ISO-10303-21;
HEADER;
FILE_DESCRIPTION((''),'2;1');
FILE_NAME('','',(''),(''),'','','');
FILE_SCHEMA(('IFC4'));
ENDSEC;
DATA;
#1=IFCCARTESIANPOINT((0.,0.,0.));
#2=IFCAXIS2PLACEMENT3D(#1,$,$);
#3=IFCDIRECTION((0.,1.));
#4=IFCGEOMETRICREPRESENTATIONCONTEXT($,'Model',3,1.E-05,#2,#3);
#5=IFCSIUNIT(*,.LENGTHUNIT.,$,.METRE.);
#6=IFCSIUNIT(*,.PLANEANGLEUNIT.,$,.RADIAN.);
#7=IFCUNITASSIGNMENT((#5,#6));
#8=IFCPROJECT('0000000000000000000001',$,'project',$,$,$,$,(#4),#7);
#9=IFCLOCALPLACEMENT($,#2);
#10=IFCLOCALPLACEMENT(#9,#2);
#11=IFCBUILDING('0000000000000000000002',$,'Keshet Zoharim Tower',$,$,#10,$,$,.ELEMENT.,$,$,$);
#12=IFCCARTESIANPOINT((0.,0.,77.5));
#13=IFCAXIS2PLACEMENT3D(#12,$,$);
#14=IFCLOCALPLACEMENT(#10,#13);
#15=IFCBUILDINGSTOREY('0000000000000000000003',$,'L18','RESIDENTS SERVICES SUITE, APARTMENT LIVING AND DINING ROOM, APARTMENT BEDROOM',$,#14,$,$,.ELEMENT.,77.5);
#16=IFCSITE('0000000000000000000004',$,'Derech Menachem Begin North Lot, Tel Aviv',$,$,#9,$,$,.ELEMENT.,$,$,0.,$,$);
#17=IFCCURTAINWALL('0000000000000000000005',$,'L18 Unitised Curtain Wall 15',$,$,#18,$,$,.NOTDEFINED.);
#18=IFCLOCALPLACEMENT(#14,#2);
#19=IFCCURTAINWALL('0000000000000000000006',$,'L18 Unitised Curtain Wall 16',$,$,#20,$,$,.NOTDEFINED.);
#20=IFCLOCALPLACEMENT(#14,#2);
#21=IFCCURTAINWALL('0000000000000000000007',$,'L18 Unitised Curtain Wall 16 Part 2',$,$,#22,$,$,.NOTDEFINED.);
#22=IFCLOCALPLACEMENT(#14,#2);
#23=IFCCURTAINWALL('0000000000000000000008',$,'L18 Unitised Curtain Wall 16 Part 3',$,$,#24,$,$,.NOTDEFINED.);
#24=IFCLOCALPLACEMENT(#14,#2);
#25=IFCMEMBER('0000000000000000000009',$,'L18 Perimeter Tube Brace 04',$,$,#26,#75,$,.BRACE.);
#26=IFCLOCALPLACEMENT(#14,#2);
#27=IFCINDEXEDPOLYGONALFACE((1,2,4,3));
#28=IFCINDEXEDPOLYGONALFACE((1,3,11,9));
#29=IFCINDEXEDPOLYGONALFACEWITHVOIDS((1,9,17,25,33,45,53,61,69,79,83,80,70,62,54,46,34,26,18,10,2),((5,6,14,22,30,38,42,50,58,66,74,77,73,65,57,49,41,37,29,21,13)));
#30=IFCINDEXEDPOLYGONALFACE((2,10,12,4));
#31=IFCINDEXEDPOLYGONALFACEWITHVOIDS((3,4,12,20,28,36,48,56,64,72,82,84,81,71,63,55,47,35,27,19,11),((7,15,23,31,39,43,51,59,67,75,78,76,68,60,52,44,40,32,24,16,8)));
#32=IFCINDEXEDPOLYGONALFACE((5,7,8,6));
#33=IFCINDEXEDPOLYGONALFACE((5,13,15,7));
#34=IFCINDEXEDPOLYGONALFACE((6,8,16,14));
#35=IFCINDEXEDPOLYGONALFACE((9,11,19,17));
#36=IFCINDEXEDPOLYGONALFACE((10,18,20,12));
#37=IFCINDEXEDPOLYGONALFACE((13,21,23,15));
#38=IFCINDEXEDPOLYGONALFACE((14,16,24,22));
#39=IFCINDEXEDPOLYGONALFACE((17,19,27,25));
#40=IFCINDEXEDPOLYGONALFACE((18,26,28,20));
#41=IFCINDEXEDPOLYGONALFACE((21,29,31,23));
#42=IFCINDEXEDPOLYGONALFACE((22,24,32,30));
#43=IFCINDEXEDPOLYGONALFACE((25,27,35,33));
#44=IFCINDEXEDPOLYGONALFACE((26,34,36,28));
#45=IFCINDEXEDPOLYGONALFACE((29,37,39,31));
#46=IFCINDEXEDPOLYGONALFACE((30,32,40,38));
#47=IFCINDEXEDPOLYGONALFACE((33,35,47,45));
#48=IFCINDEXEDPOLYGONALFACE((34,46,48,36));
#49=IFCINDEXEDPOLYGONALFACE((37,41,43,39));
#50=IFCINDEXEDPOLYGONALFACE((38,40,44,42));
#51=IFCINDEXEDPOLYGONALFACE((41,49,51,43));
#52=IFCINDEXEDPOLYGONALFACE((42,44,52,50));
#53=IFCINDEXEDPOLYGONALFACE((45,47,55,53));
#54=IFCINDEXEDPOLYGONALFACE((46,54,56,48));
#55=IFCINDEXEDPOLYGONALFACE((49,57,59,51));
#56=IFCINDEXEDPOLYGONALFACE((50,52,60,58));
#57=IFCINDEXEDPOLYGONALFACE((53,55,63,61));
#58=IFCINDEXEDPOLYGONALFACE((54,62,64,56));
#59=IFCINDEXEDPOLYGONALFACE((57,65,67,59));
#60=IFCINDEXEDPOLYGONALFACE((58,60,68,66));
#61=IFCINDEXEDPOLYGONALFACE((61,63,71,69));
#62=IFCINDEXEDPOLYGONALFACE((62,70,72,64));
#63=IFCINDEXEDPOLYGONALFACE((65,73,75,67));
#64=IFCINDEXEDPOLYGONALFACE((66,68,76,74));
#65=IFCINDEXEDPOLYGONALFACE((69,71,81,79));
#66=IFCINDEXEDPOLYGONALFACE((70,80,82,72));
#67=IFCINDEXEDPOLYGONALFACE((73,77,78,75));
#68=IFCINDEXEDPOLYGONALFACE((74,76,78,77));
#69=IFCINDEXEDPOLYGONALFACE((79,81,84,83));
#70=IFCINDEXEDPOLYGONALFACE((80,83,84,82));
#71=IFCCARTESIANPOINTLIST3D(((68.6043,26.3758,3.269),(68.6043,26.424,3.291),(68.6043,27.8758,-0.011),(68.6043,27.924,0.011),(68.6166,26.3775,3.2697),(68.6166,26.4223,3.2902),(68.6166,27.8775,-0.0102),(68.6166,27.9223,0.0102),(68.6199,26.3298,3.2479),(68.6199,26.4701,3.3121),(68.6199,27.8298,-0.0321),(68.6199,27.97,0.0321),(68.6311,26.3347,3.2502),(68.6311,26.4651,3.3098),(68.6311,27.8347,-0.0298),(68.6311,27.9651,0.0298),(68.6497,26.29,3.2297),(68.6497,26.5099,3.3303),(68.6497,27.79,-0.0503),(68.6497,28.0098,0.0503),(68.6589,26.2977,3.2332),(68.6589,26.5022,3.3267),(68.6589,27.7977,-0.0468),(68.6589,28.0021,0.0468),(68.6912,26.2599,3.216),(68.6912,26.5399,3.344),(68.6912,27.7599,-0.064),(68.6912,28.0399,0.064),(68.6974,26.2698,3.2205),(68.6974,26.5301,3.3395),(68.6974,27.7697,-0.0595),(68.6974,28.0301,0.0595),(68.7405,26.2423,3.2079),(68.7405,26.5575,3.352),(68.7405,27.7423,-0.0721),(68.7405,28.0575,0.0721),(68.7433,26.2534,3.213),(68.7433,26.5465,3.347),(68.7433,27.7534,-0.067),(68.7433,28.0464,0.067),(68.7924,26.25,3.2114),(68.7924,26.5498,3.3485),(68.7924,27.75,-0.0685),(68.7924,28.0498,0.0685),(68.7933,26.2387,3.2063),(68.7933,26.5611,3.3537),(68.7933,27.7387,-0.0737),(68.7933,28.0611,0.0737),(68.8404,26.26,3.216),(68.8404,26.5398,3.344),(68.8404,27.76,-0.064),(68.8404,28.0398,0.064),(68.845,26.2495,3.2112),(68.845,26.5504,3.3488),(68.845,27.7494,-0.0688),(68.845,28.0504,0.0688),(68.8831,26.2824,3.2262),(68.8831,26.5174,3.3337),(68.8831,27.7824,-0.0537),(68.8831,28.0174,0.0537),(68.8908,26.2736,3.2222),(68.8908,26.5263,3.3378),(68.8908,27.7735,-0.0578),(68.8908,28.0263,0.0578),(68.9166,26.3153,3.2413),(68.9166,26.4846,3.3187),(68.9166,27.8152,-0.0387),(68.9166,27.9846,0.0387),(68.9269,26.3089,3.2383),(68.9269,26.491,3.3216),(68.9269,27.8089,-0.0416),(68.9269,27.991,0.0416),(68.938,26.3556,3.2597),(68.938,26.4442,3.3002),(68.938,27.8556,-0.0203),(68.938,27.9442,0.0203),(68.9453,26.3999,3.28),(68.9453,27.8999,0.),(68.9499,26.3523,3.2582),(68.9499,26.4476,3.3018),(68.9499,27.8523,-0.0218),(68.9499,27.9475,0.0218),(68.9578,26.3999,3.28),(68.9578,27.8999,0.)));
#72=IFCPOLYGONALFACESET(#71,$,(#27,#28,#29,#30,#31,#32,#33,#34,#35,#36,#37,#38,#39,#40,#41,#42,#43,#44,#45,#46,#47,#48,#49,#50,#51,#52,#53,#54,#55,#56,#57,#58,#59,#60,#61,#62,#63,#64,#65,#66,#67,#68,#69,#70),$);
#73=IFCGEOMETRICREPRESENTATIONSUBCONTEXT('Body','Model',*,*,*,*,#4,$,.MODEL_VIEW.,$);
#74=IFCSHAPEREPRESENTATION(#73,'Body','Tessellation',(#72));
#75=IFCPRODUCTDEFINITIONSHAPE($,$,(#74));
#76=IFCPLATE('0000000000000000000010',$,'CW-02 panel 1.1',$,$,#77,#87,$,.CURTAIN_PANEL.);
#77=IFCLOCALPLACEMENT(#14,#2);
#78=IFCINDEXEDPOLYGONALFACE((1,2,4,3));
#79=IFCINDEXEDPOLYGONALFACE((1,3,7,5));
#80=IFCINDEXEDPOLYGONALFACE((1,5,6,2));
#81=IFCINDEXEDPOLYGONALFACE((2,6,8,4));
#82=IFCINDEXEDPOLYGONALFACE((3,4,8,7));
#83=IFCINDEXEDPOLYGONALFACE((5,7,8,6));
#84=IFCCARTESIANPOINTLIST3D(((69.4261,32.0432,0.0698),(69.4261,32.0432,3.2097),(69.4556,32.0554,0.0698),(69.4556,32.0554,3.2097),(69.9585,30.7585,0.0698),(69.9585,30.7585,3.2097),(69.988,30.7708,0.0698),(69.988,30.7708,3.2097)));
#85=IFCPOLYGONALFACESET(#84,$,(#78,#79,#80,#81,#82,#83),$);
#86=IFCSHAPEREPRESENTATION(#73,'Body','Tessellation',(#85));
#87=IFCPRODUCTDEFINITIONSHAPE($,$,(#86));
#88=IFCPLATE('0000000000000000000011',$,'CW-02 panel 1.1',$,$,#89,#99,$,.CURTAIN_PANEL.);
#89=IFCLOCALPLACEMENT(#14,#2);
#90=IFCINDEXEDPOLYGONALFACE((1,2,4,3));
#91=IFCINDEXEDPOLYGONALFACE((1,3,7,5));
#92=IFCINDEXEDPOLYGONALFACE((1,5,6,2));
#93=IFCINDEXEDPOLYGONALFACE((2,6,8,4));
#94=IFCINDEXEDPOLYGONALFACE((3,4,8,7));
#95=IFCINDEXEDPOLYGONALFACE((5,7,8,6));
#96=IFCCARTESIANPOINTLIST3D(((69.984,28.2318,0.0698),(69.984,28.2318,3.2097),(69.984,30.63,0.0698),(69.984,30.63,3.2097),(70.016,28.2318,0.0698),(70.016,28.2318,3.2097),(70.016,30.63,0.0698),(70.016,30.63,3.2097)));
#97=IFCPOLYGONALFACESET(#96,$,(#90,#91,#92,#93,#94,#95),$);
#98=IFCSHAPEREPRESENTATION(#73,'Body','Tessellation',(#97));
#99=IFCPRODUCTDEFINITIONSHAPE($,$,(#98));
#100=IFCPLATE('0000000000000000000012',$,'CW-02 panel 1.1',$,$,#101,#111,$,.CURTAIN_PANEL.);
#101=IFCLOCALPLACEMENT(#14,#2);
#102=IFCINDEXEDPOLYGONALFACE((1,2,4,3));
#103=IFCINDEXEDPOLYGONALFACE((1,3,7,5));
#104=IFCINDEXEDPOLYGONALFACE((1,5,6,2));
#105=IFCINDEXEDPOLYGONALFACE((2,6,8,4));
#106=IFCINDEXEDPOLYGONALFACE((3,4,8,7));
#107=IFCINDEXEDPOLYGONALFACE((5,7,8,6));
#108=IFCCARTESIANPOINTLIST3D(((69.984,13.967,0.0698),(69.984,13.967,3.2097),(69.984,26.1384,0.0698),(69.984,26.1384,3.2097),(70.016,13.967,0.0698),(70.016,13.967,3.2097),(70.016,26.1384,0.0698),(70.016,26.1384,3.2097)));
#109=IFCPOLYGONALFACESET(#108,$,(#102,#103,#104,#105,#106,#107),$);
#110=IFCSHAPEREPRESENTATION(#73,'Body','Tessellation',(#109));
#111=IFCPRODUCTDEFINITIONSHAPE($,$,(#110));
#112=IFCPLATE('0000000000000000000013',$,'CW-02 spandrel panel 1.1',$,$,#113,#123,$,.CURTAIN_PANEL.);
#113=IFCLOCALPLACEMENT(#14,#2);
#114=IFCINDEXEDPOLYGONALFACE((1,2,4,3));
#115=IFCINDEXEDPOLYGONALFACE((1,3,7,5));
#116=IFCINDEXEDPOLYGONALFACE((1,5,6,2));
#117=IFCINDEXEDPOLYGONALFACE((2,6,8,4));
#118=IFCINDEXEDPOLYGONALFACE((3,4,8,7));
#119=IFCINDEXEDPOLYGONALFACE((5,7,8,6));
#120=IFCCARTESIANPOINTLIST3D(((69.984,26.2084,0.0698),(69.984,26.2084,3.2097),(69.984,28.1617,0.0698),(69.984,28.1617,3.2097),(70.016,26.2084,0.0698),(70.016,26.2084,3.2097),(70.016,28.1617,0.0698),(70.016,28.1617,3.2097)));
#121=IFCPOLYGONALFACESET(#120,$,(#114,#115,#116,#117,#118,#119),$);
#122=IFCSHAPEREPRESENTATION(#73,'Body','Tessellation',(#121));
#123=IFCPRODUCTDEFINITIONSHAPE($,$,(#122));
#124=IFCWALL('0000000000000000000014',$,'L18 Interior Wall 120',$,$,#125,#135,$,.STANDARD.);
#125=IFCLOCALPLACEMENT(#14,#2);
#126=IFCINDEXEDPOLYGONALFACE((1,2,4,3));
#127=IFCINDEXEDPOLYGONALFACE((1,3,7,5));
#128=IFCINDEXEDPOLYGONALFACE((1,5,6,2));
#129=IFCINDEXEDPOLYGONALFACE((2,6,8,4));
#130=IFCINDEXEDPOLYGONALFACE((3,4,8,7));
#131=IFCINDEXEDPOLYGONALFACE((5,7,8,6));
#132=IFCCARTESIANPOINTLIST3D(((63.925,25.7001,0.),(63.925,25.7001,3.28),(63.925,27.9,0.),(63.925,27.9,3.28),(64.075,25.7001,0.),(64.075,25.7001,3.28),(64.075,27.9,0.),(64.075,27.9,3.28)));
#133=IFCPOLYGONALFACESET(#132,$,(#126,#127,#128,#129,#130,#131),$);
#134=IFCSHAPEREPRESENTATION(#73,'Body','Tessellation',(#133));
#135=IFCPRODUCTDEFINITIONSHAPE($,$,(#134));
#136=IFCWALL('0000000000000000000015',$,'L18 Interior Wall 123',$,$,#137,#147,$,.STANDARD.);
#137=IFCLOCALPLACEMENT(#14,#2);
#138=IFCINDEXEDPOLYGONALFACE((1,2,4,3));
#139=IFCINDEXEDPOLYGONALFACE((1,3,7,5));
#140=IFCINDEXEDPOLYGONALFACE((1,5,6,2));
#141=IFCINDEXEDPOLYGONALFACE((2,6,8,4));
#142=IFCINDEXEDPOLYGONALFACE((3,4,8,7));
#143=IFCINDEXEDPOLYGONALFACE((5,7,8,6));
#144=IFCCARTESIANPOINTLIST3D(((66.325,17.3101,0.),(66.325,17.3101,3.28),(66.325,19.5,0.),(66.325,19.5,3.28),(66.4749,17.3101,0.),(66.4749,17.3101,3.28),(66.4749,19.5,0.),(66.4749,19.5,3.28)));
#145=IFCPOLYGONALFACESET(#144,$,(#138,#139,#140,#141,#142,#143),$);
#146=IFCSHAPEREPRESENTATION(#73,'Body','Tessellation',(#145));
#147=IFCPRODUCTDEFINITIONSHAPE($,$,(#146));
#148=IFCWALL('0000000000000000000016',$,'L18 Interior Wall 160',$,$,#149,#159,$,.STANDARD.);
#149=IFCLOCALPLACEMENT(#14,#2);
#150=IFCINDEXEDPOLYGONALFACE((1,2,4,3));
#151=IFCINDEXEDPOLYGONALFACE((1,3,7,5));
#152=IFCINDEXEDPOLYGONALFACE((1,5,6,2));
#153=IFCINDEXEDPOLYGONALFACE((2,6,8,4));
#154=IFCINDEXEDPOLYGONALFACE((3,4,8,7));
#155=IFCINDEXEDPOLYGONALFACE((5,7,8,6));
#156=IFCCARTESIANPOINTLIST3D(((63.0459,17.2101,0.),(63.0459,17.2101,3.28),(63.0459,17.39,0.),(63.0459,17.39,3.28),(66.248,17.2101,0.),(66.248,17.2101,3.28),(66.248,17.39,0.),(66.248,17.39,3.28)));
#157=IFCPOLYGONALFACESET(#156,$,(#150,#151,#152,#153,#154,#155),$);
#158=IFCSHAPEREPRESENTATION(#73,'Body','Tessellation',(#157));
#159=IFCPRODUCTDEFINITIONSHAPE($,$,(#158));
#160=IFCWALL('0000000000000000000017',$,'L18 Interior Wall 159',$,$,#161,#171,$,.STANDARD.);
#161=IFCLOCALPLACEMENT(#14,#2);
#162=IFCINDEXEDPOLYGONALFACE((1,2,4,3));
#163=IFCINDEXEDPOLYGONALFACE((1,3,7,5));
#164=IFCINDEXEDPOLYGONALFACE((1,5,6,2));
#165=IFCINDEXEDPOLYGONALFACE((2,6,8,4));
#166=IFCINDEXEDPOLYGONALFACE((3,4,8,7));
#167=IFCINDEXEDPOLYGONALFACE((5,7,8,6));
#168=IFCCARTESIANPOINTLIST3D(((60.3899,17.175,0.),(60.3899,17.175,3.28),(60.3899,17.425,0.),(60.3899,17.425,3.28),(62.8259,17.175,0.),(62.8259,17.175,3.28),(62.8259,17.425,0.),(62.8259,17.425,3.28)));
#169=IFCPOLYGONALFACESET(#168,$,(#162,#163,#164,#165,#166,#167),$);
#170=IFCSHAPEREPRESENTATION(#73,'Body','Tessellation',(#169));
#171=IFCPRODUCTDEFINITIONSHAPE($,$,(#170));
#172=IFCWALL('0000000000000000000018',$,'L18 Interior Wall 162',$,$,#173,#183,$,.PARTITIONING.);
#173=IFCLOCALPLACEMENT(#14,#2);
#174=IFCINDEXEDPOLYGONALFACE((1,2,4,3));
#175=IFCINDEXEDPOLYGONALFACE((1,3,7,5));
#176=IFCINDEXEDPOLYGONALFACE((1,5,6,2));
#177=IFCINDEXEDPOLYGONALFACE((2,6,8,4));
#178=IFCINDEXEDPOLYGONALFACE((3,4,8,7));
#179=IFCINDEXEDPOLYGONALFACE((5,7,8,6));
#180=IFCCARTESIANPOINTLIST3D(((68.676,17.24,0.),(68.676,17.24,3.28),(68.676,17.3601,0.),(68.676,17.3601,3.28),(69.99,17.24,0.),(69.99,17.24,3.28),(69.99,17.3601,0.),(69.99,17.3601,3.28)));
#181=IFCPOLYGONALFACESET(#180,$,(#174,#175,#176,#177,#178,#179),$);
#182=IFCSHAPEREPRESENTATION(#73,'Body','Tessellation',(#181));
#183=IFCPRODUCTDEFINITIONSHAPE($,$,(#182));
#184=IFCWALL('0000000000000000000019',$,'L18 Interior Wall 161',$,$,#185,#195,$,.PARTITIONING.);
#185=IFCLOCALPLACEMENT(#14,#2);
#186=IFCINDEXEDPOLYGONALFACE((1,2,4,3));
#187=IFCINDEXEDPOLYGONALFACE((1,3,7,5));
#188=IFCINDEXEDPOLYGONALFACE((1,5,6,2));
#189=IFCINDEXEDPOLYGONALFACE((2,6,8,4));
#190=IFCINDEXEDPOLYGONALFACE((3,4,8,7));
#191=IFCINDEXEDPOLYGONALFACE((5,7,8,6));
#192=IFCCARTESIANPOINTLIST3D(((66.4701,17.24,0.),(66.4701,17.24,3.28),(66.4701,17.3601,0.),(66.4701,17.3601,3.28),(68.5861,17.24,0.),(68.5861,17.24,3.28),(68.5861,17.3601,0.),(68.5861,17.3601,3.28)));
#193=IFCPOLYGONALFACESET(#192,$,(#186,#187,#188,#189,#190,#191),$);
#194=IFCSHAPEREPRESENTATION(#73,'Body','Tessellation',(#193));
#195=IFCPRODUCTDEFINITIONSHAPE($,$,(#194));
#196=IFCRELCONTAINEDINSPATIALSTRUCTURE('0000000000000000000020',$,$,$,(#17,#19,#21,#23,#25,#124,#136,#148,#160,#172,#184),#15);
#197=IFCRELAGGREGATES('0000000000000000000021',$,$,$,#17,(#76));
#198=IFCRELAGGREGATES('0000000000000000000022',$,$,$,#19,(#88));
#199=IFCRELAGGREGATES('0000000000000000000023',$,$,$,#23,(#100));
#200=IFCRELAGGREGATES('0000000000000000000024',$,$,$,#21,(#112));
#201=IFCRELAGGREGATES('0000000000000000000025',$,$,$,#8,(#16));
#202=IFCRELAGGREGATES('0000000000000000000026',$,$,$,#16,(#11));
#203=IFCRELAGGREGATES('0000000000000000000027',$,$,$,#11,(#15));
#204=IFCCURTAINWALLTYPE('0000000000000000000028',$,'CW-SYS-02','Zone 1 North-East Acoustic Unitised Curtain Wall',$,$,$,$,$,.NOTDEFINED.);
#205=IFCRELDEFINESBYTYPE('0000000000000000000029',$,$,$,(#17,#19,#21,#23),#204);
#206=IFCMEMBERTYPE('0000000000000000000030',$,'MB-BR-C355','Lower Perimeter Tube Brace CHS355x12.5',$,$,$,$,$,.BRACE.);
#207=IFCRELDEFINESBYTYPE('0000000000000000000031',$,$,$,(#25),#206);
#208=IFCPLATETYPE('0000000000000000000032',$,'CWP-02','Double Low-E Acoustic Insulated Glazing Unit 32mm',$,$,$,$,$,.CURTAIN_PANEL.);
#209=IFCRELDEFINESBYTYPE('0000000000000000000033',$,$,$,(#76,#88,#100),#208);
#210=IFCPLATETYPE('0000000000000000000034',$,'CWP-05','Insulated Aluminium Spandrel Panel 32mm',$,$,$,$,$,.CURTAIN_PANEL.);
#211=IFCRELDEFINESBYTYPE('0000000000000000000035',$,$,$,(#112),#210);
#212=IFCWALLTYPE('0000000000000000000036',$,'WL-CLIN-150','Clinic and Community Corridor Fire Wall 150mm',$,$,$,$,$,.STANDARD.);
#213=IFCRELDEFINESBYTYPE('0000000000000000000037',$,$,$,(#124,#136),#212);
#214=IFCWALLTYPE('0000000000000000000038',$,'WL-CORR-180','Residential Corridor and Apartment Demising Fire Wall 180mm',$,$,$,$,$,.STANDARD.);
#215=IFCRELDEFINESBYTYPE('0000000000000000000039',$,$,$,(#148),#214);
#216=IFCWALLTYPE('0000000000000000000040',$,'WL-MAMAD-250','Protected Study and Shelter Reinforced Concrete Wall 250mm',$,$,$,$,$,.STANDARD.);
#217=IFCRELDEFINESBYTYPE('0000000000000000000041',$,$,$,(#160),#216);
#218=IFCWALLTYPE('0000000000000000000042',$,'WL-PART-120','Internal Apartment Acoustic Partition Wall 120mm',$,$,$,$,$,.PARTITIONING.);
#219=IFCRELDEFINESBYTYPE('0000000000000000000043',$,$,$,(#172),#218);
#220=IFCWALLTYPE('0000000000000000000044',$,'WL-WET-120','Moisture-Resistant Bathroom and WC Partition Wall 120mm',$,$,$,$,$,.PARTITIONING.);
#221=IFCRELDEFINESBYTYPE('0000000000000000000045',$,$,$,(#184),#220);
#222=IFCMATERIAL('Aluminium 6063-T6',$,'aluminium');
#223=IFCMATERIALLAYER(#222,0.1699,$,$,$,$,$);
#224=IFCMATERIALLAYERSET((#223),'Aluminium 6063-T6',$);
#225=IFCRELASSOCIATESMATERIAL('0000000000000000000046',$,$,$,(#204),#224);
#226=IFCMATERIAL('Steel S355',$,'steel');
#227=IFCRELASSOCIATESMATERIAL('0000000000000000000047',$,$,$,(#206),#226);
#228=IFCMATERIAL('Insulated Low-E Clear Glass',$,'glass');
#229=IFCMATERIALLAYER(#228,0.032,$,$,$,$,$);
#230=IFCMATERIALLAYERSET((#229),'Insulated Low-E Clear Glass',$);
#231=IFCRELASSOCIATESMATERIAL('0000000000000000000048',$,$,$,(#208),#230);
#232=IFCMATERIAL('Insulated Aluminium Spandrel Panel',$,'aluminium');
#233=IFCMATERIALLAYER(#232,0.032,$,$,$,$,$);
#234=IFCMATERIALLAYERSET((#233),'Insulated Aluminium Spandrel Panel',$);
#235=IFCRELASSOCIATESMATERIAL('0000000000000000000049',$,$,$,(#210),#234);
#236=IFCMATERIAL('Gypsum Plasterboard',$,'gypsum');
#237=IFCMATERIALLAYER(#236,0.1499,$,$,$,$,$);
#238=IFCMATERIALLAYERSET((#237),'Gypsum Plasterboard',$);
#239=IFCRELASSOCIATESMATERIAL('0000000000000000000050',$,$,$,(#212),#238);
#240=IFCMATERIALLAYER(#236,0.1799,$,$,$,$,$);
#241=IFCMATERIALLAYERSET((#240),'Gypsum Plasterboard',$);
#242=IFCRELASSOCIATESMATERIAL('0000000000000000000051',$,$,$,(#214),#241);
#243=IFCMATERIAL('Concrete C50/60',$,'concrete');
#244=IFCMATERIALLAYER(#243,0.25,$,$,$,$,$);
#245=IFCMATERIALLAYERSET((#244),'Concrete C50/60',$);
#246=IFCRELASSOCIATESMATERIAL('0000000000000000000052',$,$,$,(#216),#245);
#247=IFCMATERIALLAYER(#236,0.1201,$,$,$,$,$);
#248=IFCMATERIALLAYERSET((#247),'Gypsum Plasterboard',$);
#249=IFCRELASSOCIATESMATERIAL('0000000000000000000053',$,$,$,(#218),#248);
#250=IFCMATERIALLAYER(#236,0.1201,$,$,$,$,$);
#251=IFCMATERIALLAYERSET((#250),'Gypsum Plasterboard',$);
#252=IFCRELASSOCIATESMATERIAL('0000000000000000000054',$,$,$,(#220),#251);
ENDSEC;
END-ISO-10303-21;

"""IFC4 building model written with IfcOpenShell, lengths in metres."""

from ifc_helpers import new_model, si_unit, direction, frame, frame_2d, origin, origin_2d, place, context, subcontext, project, spatial, rectangle, hollow_circle, extrude, material, layer, layer_set, material_profile, profile_set, type_object, element, aggregate, save


model = new_model("IFC4")

# Units and contexts
model_context = context("Model", 3, precision=1e-05, world=origin(), true_north=direction((0.0, 1.0)))
body_context = subcontext(model_context, "Body", "Model", "MODEL_VIEW")
ifc_project = project(units=[si_unit("LENGTHUNIT", "METRE"), si_unit("PLANEANGLEUNIT", "RADIAN")], contexts=[model_context])

# Site, building, storey
site_placement = place(None, origin())
site = spatial("IfcSite", under=ifc_project, at=site_placement, Name="Derech Menachem Begin North Lot, Tel Aviv", CompositionType="ELEMENT", RefElevation=0.0)
building_placement = place(site_placement, origin())
building = spatial("IfcBuilding", under=site, at=building_placement, Name="Keshet Zoharim Tower", CompositionType="ELEMENT")
storey_placement = place(building_placement, frame((0.0, 0.0, 77.5)))
storey = spatial("IfcBuildingStorey", under=building, at=storey_placement, Name="L18", Description="RESIDENTS SERVICES SUITE, APARTMENT LIVING AND DINING ROOM, APARTMENT BEDROOM", CompositionType="ELEMENT", Elevation=77.5)

# Shared definitions
ifc_material_1 = material(Name="Steel S355", Category="steel")

# Curtain wall
ifc_material_2 = material(Name="Aluminium 6063-T6", Category="aluminium")
ifc_layer_1 = layer(ifc_material_2, 0.1699)
ifc_layer_set_1 = layer_set([ifc_layer_1], Name="Aluminium 6063-T6")
curtain_wall_type = type_object("IfcCurtainWallType", Name="CW-SYS-02", Description="Zone 1 North-East Acoustic Unitised Curtain Wall", PredefinedType="NOTDEFINED", material=ifc_layer_set_1)
curtain_wall_1_placement = place(storey_placement, origin())
curtain_wall_1 = element("IfcCurtainWall", 1, at=curtain_wall_1_placement, inside=storey, type_object=curtain_wall_type, Name="L18 Unitised Curtain Wall 15", PredefinedType="NOTDEFINED")

# Curtain wall
curtain_wall_2_placement = place(storey_placement, origin())
curtain_wall_2 = element("IfcCurtainWall", 2, at=curtain_wall_2_placement, inside=storey, type_object=curtain_wall_type, Name="L18 Unitised Curtain Wall 16", PredefinedType="NOTDEFINED")

# Curtain wall
curtain_wall_3_placement = place(storey_placement, origin())
curtain_wall_3 = element("IfcCurtainWall", 3, at=curtain_wall_3_placement, inside=storey, type_object=curtain_wall_type, Name="L18 Unitised Curtain Wall 16 Part 2", PredefinedType="NOTDEFINED")

# Curtain wall
curtain_wall_4_placement = place(storey_placement, origin())
curtain_wall_4 = element("IfcCurtainWall", 4, at=curtain_wall_4_placement, inside=storey, type_object=curtain_wall_type, Name="L18 Unitised Curtain Wall 16 Part 3", PredefinedType="NOTDEFINED")

# Member
ifc_material_profile_1 = material_profile(ifc_material_1, hollow_circle(Radius=0.1777, WallThickness=0.0125, at=origin_2d()), Name="CHS355x12.5")
ifc_profile_set_1 = profile_set([ifc_material_profile_1], Name="Steel S355")
member_type_1 = type_object("IfcMemberType", Name="MB-BR-C355", Description="Lower Perimeter Tube Brace CHS355x12.5", PredefinedType="BRACE", material=ifc_profile_set_1)
member_1_placement = place(storey_placement, frame((68.78, 27.8999, 0.0), z_axis=(0.0, -0.415888, 0.909416), x_axis=(1.0, 0.0, 0.0)))
element("IfcMember", 5, at=member_1_placement, inside=storey, type_object=member_type_1, Name="L18 Perimeter Tube Brace 04", PredefinedType="BRACE", context=body_context, shape_type="SweptSolid", body=[
    extrude(hollow_circle(Radius=0.1777, WallThickness=0.0125, at=origin_2d()), origin(), (0.0, 0.0, 1.0), 3.6067),
])

# Plates
ifc_material_3 = material(Name="Insulated Low-E Clear Glass", Category="glass")
ifc_layer_2 = layer(ifc_material_3, 0.032)
ifc_layer_set_2 = layer_set([ifc_layer_2], Name="Insulated Low-E Clear Glass")
plate_type_1 = type_object("IfcPlateType", Name="CWP-02", Description="Double Low-E Acoustic Insulated Glazing Unit 32mm", PredefinedType="CURTAIN_PANEL", material=ifc_layer_set_2)
plate_1_placement = place(storey_placement, frame((69.707, 31.407, 0.0698), z_axis=(0.0, 0.0, 1.0), x_axis=(0.382852, -0.92381, 0.0)))
plate_1 = element("IfcPlate", 6, at=plate_1_placement, type_object=plate_type_1, Name="CW-02 panel 1.1", PredefinedType="CURTAIN_PANEL", context=body_context, shape_type="SweptSolid", body=[
    extrude(rectangle(XDim=1.3906, YDim=0.032, at=origin_2d()), origin(), (0.0, 0.0, 1.0), 3.1399),
])
aggregate(curtain_wall_1, [plate_1])
plate_2_placement = place(storey_placement, frame((70.0, 29.4309, 0.0698), z_axis=(0.0, 0.0, 1.0), x_axis=(0.0, -1.0, 0.0)))
plate_2 = element("IfcPlate", 7, at=plate_2_placement, type_object=plate_type_1, Name="CW-02 panel 1.1", PredefinedType="CURTAIN_PANEL", context=body_context, shape_type="SweptSolid", body=[
    extrude(rectangle(XDim=2.3982, YDim=0.032, at=origin_2d()), origin(), (0.0, 0.0, 1.0), 3.1399),
])
aggregate(curtain_wall_2, [plate_2])
plate_3_placement = place(storey_placement, frame((70.0, 20.0527, 0.0698), z_axis=(0.0, 0.0, 1.0), x_axis=(0.0, -1.0, 0.0)))
plate_3 = element("IfcPlate", 8, at=plate_3_placement, type_object=plate_type_1, Name="CW-02 panel 1.1", PredefinedType="CURTAIN_PANEL", context=body_context, shape_type="SweptSolid", body=[
    extrude(rectangle(XDim=12.1714, YDim=0.032, at=origin_2d()), origin(), (0.0, 0.0, 1.0), 3.1399),
])
aggregate(curtain_wall_4, [plate_3])
ifc_material_4 = material(Name="Insulated Aluminium Spandrel Panel", Category="aluminium")
ifc_layer_3 = layer(ifc_material_4, 0.032)
ifc_layer_set_3 = layer_set([ifc_layer_3], Name="Insulated Aluminium Spandrel Panel")
plate_type_2 = type_object("IfcPlateType", Name="CWP-05", Description="Insulated Aluminium Spandrel Panel 32mm", PredefinedType="CURTAIN_PANEL", material=ifc_layer_set_3)
plate_4_placement = place(storey_placement, frame((70.0, 27.1851, 0.0698), z_axis=(0.0, 0.0, 1.0), x_axis=(0.0, -1.0, 0.0)))
plate_4 = element("IfcPlate", 9, at=plate_4_placement, type_object=plate_type_2, Name="CW-02 spandrel panel 1.1", PredefinedType="CURTAIN_PANEL", context=body_context, shape_type="SweptSolid", body=[
    extrude(rectangle(XDim=1.9534, YDim=0.032, at=origin_2d()), origin(), (0.0, 0.0, 1.0), 3.1399),
])
aggregate(curtain_wall_3, [plate_4])

# Walls
ifc_material_5 = material(Name="Gypsum Plasterboard", Category="gypsum")
ifc_layer_4 = layer(ifc_material_5, 0.1499)
ifc_layer_set_4 = layer_set([ifc_layer_4], Name="Gypsum Plasterboard")
wall_type_1 = type_object("IfcWallType", Name="WL-CLIN-150", Description="Clinic and Community Corridor Fire Wall 150mm", PredefinedType="STANDARD", material=ifc_layer_set_4)
wall_1_placement = place(storey_placement, frame((64.0, 25.7, 0.0), z_axis=(0.0, 0.0, 1.0), x_axis=(0.0, 1.0, 0.0)))
element("IfcWall", 10, at=wall_1_placement, inside=storey, type_object=wall_type_1, Name="L18 Interior Wall 120", PredefinedType="STANDARD", context=body_context, shape_type="SweptSolid", body=[
    extrude(rectangle(XDim=2.2, YDim=0.1499, at=frame_2d((1.1001, 0.0))), origin(), (0.0, 0.0, 1.0), 3.28),
])
wall_2_placement = place(storey_placement, frame((66.3999, 17.3101, 0.0), z_axis=(0.0, 0.0, 1.0), x_axis=(0.0, 1.0, 0.0)))
element("IfcWall", 11, at=wall_2_placement, inside=storey, type_object=wall_type_1, Name="L18 Interior Wall 123", PredefinedType="STANDARD", context=body_context, shape_type="SweptSolid", body=[
    extrude(rectangle(XDim=2.1899, YDim=0.1499, at=frame_2d((1.095, 0.0))), origin(), (0.0, 0.0, 1.0), 3.28),
])
ifc_layer_5 = layer(ifc_material_5, 0.1799)
ifc_layer_set_5 = layer_set([ifc_layer_5], Name="Gypsum Plasterboard")
wall_type_2 = type_object("IfcWallType", Name="WL-CORR-180", Description="Residential Corridor and Apartment Demising Fire Wall 180mm", PredefinedType="STANDARD", material=ifc_layer_set_5)
wall_3_placement = place(storey_placement, frame((63.0459, 17.3, 0.0), z_axis=(0.0, 0.0, 1.0), x_axis=(1.0, 0.0, 0.0)))
element("IfcWall", 12, at=wall_3_placement, inside=storey, type_object=wall_type_2, Name="L18 Interior Wall 160", PredefinedType="STANDARD", context=body_context, shape_type="SweptSolid", body=[
    extrude(rectangle(XDim=3.2021, YDim=0.1799, at=frame_2d((1.6011, 0.0))), origin(), (0.0, 0.0, 1.0), 3.28),
])
ifc_material_6 = material(Name="Concrete C50/60", Category="concrete")
ifc_layer_6 = layer(ifc_material_6, 0.25)
ifc_layer_set_6 = layer_set([ifc_layer_6], Name="Concrete C50/60")
wall_type_3 = type_object("IfcWallType", Name="WL-MAMAD-250", Description="Protected Study and Shelter Reinforced Concrete Wall 250mm", PredefinedType="STANDARD", material=ifc_layer_set_6)
wall_4_placement = place(storey_placement, frame((60.3899, 17.3, 0.0), z_axis=(0.0, 0.0, 1.0), x_axis=(1.0, 0.0, 0.0)))
element("IfcWall", 13, at=wall_4_placement, inside=storey, type_object=wall_type_3, Name="L18 Interior Wall 159", PredefinedType="STANDARD", context=body_context, shape_type="SweptSolid", body=[
    extrude(rectangle(XDim=2.436, YDim=0.25, at=frame_2d((1.218, 0.0))), origin(), (0.0, 0.0, 1.0), 3.28),
])
ifc_layer_7 = layer(ifc_material_5, 0.1201)
ifc_layer_set_7 = layer_set([ifc_layer_7], Name="Gypsum Plasterboard")
wall_type_4 = type_object("IfcWallType", Name="WL-PART-120", Description="Internal Apartment Acoustic Partition Wall 120mm", PredefinedType="PARTITIONING", material=ifc_layer_set_7)
wall_5_placement = place(storey_placement, frame((68.676, 17.3, 0.0), z_axis=(0.0, 0.0, 1.0), x_axis=(1.0, 0.0, 0.0)))
element("IfcWall", 14, at=wall_5_placement, inside=storey, type_object=wall_type_4, Name="L18 Interior Wall 162", PredefinedType="PARTITIONING", context=body_context, shape_type="SweptSolid", body=[
    extrude(rectangle(XDim=1.314, YDim=0.1201, at=frame_2d((0.657, 0.0))), origin(), (0.0, 0.0, 1.0), 3.28),
])
ifc_layer_8 = layer(ifc_material_5, 0.1201)
ifc_layer_set_8 = layer_set([ifc_layer_8], Name="Gypsum Plasterboard")
wall_type_5 = type_object("IfcWallType", Name="WL-WET-120", Description="Moisture-Resistant Bathroom and WC Partition Wall 120mm", PredefinedType="PARTITIONING", material=ifc_layer_set_8)
wall_6_placement = place(storey_placement, frame((66.47, 17.3, 0.0), z_axis=(0.0, 0.0, 1.0), x_axis=(1.0, 0.0, 0.0)))
element("IfcWall", 15, at=wall_6_placement, inside=storey, type_object=wall_type_5, Name="L18 Interior Wall 161", PredefinedType="PARTITIONING", context=body_context, shape_type="SweptSolid", body=[
    extrude(rectangle(XDim=2.116, YDim=0.1201, at=frame_2d((1.0581, 0.0))), origin(), (0.0, 0.0, 1.0), 3.28),
])

save(model, "model.ifc")
